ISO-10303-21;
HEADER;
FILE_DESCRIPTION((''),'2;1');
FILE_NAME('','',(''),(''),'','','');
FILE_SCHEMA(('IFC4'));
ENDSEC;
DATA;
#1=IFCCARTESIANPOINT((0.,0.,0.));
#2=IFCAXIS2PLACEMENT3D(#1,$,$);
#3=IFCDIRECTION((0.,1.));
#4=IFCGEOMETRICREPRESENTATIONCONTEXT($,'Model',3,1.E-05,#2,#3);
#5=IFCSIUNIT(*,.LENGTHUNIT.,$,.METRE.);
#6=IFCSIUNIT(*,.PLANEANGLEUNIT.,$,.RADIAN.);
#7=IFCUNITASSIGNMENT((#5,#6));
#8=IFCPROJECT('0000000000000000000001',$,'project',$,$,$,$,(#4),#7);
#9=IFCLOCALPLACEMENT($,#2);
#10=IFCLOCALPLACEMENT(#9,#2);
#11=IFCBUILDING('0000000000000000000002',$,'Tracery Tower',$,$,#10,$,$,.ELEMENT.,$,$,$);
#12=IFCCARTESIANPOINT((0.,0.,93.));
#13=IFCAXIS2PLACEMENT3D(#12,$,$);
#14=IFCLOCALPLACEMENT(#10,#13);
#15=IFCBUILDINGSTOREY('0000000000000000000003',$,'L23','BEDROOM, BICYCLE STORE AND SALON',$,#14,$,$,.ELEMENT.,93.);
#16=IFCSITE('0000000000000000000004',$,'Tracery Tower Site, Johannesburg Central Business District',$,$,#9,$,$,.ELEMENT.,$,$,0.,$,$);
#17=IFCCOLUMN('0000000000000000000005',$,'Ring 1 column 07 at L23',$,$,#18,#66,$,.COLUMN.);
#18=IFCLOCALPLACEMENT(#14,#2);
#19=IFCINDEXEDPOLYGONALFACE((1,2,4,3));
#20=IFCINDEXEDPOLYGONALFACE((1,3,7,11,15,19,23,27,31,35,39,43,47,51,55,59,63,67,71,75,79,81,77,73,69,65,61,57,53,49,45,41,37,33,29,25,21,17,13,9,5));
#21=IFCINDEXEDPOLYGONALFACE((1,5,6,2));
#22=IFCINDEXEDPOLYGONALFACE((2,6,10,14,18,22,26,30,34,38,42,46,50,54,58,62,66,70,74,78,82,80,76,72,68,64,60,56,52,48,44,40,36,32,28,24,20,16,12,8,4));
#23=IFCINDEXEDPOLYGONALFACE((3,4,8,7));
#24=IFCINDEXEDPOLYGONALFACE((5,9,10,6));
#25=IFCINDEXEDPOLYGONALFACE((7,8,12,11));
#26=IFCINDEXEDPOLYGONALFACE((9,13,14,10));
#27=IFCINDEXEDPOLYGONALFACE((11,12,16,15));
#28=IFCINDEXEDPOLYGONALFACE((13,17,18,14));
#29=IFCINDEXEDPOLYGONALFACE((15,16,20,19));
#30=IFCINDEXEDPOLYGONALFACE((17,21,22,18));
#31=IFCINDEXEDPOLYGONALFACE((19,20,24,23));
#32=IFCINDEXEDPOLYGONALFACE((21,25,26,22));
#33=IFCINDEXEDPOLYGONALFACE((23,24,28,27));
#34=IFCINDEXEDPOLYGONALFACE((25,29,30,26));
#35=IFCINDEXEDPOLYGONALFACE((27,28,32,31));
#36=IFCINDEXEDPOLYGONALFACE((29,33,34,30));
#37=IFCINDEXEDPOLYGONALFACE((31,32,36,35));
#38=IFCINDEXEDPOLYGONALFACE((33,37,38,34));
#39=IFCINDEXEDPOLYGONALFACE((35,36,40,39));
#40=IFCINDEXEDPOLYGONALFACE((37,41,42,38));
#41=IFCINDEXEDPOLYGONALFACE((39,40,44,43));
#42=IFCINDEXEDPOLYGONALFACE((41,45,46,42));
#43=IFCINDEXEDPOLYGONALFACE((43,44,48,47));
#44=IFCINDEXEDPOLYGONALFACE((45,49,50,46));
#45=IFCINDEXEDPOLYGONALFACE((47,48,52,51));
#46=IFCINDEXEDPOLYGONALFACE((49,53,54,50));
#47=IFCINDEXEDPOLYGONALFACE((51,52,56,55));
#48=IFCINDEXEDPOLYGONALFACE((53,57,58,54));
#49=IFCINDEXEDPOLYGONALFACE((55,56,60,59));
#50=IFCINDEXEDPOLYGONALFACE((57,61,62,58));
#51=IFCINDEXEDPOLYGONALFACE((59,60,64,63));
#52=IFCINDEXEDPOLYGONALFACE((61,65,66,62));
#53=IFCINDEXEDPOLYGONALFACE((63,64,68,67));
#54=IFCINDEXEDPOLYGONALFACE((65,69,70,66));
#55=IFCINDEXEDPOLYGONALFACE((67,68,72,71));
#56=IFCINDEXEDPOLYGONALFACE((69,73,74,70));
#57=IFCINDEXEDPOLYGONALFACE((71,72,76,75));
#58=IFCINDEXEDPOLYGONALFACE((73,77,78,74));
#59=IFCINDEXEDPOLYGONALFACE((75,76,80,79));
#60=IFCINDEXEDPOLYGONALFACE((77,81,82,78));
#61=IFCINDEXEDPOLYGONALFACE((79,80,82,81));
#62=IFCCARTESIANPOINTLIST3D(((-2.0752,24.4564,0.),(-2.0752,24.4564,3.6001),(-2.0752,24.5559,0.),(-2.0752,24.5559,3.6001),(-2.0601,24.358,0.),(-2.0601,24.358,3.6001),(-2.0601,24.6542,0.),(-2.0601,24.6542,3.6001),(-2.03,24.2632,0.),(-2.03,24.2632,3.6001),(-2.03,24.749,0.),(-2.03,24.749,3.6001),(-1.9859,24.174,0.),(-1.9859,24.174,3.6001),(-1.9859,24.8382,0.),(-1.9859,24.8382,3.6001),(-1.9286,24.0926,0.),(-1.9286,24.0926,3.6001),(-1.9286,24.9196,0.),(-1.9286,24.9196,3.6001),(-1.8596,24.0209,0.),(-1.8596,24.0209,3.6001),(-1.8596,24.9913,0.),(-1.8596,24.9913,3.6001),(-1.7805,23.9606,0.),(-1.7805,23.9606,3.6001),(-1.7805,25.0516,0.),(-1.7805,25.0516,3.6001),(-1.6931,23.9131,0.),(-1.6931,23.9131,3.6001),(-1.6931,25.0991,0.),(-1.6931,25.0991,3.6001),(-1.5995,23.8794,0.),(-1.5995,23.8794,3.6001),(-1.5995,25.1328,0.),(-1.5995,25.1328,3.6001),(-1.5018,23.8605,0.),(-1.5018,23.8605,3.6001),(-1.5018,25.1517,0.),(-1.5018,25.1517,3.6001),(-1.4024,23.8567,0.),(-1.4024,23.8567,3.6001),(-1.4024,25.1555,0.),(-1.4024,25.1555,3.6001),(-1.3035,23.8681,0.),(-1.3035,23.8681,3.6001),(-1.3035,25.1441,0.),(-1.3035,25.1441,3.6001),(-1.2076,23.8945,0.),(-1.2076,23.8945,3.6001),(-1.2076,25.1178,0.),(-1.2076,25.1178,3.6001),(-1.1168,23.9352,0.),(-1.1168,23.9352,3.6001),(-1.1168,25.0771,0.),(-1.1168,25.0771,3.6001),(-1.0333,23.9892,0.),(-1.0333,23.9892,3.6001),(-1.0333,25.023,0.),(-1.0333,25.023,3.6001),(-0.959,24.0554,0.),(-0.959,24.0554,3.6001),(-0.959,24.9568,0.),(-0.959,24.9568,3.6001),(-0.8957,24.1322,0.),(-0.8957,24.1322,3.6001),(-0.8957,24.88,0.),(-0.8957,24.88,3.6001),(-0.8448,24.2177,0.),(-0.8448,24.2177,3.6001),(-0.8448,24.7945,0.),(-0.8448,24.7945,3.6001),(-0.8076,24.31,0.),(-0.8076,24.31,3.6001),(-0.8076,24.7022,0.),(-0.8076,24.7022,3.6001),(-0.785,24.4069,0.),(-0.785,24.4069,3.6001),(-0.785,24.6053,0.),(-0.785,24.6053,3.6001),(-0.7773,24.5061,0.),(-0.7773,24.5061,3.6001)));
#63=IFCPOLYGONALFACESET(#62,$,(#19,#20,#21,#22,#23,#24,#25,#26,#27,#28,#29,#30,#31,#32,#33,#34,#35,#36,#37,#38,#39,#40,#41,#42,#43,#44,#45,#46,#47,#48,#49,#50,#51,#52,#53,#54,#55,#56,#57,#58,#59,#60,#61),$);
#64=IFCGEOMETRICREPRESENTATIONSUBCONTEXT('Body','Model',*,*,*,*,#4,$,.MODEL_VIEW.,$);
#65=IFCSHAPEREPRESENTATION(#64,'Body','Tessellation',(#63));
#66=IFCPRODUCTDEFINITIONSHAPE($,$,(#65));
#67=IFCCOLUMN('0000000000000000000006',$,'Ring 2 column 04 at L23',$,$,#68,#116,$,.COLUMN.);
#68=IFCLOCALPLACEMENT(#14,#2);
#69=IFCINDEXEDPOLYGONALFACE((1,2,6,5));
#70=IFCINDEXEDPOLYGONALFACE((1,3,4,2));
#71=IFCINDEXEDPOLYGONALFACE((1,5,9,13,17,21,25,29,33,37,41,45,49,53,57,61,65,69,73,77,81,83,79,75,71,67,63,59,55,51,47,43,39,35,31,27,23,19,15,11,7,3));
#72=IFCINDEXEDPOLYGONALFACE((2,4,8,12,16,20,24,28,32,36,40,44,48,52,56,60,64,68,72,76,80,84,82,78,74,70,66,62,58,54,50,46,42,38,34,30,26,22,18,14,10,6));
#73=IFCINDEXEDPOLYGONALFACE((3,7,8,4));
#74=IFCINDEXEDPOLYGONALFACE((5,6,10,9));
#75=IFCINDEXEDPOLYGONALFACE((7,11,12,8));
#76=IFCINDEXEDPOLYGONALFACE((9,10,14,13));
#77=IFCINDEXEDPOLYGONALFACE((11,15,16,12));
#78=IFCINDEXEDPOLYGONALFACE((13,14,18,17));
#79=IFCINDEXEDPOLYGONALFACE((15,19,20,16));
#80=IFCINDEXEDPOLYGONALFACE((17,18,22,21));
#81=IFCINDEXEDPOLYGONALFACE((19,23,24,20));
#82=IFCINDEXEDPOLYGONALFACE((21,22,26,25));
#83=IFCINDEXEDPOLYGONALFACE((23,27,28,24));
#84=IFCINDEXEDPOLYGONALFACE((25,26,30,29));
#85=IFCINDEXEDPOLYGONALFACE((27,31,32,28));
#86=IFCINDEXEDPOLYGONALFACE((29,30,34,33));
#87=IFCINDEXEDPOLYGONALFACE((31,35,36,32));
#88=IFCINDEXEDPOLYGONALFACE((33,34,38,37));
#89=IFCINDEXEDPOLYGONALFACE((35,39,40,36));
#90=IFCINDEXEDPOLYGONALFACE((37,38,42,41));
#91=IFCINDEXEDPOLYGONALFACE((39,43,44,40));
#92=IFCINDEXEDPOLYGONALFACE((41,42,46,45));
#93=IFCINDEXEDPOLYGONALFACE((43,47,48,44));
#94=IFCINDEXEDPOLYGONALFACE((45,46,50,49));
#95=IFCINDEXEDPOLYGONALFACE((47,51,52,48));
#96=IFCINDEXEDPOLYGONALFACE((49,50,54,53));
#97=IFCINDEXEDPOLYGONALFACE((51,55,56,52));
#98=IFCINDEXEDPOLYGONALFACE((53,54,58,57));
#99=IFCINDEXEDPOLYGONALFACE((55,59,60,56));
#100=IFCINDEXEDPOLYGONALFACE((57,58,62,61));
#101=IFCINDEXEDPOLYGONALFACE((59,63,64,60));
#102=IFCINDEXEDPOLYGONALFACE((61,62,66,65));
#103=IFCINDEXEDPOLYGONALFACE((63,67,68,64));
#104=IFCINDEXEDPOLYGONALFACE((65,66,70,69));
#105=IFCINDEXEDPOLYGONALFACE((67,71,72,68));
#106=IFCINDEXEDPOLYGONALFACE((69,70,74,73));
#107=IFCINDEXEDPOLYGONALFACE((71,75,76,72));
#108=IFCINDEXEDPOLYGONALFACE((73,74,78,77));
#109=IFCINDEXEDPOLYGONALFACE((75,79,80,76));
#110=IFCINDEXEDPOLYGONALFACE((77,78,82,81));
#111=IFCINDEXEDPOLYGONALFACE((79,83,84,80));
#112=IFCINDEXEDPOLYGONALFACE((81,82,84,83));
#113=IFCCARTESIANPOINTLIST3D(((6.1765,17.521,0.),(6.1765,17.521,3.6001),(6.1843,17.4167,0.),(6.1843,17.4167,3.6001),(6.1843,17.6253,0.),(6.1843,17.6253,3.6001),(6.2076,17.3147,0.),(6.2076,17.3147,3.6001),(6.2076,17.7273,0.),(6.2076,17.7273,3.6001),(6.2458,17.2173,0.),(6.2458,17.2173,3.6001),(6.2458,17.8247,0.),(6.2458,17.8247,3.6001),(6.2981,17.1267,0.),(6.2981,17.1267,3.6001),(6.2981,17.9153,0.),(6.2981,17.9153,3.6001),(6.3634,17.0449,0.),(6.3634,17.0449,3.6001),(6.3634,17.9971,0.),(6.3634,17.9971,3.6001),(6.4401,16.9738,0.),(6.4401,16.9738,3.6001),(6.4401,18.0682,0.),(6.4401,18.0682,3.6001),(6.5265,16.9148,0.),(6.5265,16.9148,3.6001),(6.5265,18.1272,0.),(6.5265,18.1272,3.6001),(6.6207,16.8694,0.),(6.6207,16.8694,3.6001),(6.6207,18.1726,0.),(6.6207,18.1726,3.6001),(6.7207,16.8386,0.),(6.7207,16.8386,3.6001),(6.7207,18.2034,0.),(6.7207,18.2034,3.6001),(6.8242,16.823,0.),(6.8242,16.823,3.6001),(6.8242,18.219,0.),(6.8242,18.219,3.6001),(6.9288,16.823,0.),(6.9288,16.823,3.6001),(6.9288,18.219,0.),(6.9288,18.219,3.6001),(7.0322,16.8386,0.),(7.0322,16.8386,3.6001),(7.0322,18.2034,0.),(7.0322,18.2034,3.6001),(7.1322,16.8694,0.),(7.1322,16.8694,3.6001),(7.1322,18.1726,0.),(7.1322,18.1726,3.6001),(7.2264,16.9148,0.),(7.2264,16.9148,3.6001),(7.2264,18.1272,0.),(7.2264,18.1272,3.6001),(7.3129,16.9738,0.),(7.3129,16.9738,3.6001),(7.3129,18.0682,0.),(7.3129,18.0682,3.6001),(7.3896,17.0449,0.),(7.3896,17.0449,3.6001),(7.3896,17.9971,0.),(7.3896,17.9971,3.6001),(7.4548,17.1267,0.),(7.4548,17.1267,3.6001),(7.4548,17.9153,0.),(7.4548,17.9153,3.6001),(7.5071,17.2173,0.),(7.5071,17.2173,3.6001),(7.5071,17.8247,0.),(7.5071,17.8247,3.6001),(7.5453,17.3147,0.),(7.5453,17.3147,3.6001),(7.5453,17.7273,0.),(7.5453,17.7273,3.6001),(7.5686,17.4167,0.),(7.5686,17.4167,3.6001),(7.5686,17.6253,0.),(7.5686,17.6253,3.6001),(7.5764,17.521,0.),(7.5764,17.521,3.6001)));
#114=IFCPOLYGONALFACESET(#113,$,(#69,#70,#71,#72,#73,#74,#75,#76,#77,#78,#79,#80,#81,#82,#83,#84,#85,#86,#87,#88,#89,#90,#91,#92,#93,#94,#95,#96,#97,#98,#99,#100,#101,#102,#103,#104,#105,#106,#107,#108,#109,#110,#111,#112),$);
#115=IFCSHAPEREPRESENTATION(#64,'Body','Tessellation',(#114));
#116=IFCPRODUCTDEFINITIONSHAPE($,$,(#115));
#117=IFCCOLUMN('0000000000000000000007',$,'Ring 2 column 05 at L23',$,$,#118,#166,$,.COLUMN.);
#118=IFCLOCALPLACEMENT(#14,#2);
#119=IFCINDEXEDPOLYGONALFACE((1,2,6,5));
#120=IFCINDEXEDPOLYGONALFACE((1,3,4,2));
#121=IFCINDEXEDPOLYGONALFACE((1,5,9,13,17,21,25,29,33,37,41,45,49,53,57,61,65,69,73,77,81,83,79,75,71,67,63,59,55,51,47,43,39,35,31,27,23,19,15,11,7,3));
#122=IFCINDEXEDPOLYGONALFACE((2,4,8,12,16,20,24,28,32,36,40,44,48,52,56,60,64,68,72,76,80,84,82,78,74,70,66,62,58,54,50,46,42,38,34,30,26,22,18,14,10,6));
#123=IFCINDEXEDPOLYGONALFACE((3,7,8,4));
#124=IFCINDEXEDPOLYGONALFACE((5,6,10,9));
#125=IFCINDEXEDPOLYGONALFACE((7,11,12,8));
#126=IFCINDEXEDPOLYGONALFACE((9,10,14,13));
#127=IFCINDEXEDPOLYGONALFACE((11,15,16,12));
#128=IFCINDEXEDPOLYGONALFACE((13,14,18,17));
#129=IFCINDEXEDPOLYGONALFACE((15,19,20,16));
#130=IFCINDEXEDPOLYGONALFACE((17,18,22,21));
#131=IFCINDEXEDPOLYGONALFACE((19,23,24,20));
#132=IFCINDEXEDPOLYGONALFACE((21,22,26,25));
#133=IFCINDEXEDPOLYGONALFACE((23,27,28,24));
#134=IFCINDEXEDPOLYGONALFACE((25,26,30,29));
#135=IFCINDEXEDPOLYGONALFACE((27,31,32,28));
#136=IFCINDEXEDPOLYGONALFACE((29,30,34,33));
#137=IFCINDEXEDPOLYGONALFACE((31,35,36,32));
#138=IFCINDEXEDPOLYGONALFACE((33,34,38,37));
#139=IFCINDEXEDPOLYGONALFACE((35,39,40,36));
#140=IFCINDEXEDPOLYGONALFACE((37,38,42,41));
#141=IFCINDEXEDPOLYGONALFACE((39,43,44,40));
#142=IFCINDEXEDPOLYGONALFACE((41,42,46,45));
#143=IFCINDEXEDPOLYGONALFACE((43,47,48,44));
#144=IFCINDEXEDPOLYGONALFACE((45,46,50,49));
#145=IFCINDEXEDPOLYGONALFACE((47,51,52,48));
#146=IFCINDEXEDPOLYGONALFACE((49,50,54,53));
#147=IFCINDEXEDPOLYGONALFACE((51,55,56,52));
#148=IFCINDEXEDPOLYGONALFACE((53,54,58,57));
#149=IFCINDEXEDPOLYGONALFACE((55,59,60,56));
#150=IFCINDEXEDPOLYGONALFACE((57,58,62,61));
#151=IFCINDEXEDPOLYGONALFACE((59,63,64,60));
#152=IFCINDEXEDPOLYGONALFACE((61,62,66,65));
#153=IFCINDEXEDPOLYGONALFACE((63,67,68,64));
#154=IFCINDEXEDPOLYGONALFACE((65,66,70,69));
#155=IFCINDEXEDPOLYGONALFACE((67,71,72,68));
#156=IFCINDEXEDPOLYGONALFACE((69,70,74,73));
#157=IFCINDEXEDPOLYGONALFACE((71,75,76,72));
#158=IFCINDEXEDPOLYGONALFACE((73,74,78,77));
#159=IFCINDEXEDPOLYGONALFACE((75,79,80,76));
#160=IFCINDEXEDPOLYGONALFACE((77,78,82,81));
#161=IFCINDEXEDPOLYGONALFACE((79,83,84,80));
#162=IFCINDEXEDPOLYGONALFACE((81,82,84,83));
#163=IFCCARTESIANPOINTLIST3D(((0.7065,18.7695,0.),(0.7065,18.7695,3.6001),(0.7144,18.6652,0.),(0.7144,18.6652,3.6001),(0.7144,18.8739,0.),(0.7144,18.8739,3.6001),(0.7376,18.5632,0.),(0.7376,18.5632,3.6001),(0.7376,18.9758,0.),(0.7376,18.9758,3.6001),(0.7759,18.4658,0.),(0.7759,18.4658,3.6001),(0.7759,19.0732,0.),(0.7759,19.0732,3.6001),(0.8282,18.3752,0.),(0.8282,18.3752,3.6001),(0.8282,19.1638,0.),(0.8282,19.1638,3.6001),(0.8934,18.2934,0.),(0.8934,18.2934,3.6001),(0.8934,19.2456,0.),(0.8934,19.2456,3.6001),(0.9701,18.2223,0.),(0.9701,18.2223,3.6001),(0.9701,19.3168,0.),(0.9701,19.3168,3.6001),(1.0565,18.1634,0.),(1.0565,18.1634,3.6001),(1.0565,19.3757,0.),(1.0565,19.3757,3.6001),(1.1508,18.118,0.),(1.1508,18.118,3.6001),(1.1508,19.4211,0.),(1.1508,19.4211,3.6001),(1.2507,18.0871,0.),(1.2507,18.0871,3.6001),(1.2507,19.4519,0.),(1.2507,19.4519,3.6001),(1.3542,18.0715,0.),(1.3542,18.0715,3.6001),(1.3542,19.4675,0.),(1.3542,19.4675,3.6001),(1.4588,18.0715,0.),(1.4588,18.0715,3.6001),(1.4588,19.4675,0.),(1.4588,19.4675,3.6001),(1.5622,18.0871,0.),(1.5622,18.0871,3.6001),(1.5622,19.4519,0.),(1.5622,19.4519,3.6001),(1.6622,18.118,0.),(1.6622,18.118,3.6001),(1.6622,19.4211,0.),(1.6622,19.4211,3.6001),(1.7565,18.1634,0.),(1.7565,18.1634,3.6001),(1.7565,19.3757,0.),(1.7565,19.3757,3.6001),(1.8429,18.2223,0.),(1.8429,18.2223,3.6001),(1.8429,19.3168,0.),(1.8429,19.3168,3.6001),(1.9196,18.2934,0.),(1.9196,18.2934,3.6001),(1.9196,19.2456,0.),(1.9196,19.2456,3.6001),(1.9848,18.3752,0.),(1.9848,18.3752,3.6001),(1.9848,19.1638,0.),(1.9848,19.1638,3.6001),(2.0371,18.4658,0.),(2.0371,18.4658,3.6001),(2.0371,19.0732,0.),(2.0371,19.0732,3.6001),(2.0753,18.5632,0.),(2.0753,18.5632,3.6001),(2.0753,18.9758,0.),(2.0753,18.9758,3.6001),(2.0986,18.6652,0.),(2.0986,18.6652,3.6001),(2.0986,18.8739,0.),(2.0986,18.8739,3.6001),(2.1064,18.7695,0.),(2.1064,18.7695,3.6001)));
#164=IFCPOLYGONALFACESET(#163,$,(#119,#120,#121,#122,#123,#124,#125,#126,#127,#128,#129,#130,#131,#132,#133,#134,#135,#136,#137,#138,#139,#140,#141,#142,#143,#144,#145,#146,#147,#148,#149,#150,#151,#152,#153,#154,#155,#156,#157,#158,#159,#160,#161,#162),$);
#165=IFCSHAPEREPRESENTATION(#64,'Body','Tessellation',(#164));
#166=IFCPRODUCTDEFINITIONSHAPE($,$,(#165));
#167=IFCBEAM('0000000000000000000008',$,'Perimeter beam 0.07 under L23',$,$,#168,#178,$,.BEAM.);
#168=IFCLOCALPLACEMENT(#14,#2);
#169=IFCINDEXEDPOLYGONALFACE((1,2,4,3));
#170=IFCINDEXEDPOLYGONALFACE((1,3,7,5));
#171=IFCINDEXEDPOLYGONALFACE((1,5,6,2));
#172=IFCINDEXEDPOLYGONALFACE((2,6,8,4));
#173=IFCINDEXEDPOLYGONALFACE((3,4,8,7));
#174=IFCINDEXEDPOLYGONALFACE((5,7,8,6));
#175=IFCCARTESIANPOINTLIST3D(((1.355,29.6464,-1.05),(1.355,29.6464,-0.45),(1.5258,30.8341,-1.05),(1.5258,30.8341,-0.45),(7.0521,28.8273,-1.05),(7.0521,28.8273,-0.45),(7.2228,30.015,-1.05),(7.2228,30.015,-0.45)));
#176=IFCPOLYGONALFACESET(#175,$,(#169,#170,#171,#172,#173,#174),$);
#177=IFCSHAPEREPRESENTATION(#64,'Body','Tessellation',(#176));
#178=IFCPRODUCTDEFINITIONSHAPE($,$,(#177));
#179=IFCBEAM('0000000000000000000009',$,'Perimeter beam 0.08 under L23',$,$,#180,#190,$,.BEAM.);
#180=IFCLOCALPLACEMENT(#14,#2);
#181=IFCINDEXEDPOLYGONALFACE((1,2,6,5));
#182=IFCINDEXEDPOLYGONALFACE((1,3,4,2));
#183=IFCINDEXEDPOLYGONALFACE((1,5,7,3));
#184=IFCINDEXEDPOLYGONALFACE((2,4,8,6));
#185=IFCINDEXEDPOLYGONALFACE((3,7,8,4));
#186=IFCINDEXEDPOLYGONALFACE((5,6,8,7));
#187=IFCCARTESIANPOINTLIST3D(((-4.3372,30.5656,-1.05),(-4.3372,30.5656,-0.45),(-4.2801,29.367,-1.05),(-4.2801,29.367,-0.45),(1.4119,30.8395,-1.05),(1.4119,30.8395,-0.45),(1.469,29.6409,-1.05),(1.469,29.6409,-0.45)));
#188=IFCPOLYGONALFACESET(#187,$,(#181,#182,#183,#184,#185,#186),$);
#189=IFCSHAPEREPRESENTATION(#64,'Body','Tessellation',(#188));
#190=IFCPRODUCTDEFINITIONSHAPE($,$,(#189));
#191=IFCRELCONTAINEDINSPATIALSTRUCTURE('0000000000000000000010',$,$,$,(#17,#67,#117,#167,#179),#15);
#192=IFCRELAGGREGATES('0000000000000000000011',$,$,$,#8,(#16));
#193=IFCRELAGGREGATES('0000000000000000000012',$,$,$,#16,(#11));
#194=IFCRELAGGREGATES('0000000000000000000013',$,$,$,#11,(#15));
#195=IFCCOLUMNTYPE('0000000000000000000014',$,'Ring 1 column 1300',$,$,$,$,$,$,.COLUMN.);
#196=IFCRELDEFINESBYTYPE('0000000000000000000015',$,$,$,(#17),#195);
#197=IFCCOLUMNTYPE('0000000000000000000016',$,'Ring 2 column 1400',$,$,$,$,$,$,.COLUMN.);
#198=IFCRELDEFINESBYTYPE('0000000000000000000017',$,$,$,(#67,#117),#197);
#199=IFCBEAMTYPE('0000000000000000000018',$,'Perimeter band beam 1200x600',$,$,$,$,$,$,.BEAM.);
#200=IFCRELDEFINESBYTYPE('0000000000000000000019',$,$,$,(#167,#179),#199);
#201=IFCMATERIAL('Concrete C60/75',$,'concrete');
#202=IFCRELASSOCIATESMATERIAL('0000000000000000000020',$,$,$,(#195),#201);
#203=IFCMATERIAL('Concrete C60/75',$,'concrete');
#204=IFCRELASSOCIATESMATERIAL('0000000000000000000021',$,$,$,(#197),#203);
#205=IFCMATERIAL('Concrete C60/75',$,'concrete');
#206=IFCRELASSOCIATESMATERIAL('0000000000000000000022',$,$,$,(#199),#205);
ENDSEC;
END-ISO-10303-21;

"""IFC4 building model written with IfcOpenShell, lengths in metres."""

from ifc_helpers import new_model, si_unit, direction, frame, origin, origin_2d, place, context, subcontext, project, spatial, rectangle, circle, extrude, material, material_profile, profile_set, type_object, element, save


model = new_model("IFC4")

# Units and contexts
model_context = context("Model", 3, precision=1e-05, world=origin(), true_north=direction((0.0, 1.0)))
body_context = subcontext(model_context, "Body", "Model", "MODEL_VIEW")
ifc_project = project(units=[si_unit("LENGTHUNIT", "METRE"), si_unit("PLANEANGLEUNIT", "RADIAN")], contexts=[model_context])

# Site, building, storey
site_placement = place(None, origin())
site = spatial("IfcSite", under=ifc_project, at=site_placement, Name="Tracery Tower Site, Johannesburg Central Business District", CompositionType="ELEMENT", RefElevation=0.0)
building_placement = place(site_placement, origin())
building = spatial("IfcBuilding", under=site, at=building_placement, Name="Tracery Tower", CompositionType="ELEMENT")
storey_placement = place(building_placement, frame((0.0, 0.0, 93.0)))
storey = spatial("IfcBuildingStorey", under=building, at=storey_placement, Name="L23", Description="BEDROOM, BICYCLE STORE AND SALON", CompositionType="ELEMENT", Elevation=93.0)

# Columns
ifc_material_1 = material(Name="Concrete C60/75", Category="concrete")
ifc_material_profile_1 = material_profile(ifc_material_1, circle(Radius=0.6499, at=origin_2d()), Name="RC D1300")
ifc_profile_set_1 = profile_set([ifc_material_profile_1], Name="Concrete C60/75")
column_type_1 = type_object("IfcColumnType", Name="Ring 1 column 1300", PredefinedType="COLUMN", material=ifc_profile_set_1)
for number, where, z_axis, x_axis, name in (
    (1, (-1.4272, 24.5061, 0.0), (0.0, 0.0, 1.0), (1.0, 0.0, 0.0), "Ring 1 column 07 at L23"),
):
    element("IfcColumn", number, at=place(storey_placement, frame(where, z_axis=z_axis, x_axis=x_axis)), inside=storey, type_object=column_type_1, Name=name, PredefinedType="COLUMN", context=body_context, shape_type="SweptSolid", body=[
        extrude(circle(Radius=0.6499, at=origin_2d()), origin(), (0.0, 0.0, 1.0), 3.6001),
    ])
ifc_material_2 = material(Name="Concrete C60/75", Category="concrete")
ifc_material_profile_2 = material_profile(ifc_material_2, circle(Radius=0.7, at=origin_2d()), Name="RC D1400")
ifc_profile_set_2 = profile_set([ifc_material_profile_2], Name="Concrete C60/75")
column_type_2 = type_object("IfcColumnType", Name="Ring 2 column 1400", PredefinedType="COLUMN", material=ifc_profile_set_2)
for number, where, z_axis, x_axis, name in (
    (2, (6.8765, 17.521, 0.0), (0.0, 0.0, 1.0), (1.0, 0.0, 0.0), "Ring 2 column 04 at L23"),
    (3, (1.4065, 18.7695, 0.0), (0.0, 0.0, 1.0), (1.0, 0.0, 0.0), "Ring 2 column 05 at L23"),
):
    element("IfcColumn", number, at=place(storey_placement, frame(where, z_axis=z_axis, x_axis=x_axis)), inside=storey, type_object=column_type_2, Name=name, PredefinedType="COLUMN", context=body_context, shape_type="SweptSolid", body=[
        extrude(circle(Radius=0.7, at=origin_2d()), origin(), (0.0, 0.0, 1.0), 3.6001),
    ])

# Beams
ifc_material_3 = material(Name="Concrete C60/75", Category="concrete")
ifc_material_profile_3 = material_profile(ifc_material_3, rectangle(XDim=1.2, YDim=0.6001, at=origin_2d()), Name="RC 1200x600")
ifc_profile_set_3 = profile_set([ifc_material_profile_3], Name="Concrete C60/75")
beam_type = type_object("IfcBeamType", Name="Perimeter band beam 1200x600", PredefinedType="BEAM", material=ifc_profile_set_3)
for number, where, z_axis, x_axis, name in (
    (4, (7.1375, 29.4211, -0.75), (-0.989822, 0.142312, 0.0), (-0.142312, -0.989822, 0.0), "Perimeter beam 0.07 under L23"),
    (5, (1.4404, 30.2402, -0.75), (-0.998867, -0.047593, 0.0), (0.047593, -0.998867, 0.0), "Perimeter beam 0.08 under L23"),
):
    element("IfcBeam", number, at=place(storey_placement, frame(where, z_axis=z_axis, x_axis=x_axis)), inside=storey, type_object=beam_type, Name=name, PredefinedType="BEAM", context=body_context, shape_type="SweptSolid", body=[
        extrude(rectangle(XDim=1.2, YDim=0.6001, at=origin_2d()), origin(), (0.0, 0.0, 1.0), 5.7556),
    ])

save(model, "model.ifc")
